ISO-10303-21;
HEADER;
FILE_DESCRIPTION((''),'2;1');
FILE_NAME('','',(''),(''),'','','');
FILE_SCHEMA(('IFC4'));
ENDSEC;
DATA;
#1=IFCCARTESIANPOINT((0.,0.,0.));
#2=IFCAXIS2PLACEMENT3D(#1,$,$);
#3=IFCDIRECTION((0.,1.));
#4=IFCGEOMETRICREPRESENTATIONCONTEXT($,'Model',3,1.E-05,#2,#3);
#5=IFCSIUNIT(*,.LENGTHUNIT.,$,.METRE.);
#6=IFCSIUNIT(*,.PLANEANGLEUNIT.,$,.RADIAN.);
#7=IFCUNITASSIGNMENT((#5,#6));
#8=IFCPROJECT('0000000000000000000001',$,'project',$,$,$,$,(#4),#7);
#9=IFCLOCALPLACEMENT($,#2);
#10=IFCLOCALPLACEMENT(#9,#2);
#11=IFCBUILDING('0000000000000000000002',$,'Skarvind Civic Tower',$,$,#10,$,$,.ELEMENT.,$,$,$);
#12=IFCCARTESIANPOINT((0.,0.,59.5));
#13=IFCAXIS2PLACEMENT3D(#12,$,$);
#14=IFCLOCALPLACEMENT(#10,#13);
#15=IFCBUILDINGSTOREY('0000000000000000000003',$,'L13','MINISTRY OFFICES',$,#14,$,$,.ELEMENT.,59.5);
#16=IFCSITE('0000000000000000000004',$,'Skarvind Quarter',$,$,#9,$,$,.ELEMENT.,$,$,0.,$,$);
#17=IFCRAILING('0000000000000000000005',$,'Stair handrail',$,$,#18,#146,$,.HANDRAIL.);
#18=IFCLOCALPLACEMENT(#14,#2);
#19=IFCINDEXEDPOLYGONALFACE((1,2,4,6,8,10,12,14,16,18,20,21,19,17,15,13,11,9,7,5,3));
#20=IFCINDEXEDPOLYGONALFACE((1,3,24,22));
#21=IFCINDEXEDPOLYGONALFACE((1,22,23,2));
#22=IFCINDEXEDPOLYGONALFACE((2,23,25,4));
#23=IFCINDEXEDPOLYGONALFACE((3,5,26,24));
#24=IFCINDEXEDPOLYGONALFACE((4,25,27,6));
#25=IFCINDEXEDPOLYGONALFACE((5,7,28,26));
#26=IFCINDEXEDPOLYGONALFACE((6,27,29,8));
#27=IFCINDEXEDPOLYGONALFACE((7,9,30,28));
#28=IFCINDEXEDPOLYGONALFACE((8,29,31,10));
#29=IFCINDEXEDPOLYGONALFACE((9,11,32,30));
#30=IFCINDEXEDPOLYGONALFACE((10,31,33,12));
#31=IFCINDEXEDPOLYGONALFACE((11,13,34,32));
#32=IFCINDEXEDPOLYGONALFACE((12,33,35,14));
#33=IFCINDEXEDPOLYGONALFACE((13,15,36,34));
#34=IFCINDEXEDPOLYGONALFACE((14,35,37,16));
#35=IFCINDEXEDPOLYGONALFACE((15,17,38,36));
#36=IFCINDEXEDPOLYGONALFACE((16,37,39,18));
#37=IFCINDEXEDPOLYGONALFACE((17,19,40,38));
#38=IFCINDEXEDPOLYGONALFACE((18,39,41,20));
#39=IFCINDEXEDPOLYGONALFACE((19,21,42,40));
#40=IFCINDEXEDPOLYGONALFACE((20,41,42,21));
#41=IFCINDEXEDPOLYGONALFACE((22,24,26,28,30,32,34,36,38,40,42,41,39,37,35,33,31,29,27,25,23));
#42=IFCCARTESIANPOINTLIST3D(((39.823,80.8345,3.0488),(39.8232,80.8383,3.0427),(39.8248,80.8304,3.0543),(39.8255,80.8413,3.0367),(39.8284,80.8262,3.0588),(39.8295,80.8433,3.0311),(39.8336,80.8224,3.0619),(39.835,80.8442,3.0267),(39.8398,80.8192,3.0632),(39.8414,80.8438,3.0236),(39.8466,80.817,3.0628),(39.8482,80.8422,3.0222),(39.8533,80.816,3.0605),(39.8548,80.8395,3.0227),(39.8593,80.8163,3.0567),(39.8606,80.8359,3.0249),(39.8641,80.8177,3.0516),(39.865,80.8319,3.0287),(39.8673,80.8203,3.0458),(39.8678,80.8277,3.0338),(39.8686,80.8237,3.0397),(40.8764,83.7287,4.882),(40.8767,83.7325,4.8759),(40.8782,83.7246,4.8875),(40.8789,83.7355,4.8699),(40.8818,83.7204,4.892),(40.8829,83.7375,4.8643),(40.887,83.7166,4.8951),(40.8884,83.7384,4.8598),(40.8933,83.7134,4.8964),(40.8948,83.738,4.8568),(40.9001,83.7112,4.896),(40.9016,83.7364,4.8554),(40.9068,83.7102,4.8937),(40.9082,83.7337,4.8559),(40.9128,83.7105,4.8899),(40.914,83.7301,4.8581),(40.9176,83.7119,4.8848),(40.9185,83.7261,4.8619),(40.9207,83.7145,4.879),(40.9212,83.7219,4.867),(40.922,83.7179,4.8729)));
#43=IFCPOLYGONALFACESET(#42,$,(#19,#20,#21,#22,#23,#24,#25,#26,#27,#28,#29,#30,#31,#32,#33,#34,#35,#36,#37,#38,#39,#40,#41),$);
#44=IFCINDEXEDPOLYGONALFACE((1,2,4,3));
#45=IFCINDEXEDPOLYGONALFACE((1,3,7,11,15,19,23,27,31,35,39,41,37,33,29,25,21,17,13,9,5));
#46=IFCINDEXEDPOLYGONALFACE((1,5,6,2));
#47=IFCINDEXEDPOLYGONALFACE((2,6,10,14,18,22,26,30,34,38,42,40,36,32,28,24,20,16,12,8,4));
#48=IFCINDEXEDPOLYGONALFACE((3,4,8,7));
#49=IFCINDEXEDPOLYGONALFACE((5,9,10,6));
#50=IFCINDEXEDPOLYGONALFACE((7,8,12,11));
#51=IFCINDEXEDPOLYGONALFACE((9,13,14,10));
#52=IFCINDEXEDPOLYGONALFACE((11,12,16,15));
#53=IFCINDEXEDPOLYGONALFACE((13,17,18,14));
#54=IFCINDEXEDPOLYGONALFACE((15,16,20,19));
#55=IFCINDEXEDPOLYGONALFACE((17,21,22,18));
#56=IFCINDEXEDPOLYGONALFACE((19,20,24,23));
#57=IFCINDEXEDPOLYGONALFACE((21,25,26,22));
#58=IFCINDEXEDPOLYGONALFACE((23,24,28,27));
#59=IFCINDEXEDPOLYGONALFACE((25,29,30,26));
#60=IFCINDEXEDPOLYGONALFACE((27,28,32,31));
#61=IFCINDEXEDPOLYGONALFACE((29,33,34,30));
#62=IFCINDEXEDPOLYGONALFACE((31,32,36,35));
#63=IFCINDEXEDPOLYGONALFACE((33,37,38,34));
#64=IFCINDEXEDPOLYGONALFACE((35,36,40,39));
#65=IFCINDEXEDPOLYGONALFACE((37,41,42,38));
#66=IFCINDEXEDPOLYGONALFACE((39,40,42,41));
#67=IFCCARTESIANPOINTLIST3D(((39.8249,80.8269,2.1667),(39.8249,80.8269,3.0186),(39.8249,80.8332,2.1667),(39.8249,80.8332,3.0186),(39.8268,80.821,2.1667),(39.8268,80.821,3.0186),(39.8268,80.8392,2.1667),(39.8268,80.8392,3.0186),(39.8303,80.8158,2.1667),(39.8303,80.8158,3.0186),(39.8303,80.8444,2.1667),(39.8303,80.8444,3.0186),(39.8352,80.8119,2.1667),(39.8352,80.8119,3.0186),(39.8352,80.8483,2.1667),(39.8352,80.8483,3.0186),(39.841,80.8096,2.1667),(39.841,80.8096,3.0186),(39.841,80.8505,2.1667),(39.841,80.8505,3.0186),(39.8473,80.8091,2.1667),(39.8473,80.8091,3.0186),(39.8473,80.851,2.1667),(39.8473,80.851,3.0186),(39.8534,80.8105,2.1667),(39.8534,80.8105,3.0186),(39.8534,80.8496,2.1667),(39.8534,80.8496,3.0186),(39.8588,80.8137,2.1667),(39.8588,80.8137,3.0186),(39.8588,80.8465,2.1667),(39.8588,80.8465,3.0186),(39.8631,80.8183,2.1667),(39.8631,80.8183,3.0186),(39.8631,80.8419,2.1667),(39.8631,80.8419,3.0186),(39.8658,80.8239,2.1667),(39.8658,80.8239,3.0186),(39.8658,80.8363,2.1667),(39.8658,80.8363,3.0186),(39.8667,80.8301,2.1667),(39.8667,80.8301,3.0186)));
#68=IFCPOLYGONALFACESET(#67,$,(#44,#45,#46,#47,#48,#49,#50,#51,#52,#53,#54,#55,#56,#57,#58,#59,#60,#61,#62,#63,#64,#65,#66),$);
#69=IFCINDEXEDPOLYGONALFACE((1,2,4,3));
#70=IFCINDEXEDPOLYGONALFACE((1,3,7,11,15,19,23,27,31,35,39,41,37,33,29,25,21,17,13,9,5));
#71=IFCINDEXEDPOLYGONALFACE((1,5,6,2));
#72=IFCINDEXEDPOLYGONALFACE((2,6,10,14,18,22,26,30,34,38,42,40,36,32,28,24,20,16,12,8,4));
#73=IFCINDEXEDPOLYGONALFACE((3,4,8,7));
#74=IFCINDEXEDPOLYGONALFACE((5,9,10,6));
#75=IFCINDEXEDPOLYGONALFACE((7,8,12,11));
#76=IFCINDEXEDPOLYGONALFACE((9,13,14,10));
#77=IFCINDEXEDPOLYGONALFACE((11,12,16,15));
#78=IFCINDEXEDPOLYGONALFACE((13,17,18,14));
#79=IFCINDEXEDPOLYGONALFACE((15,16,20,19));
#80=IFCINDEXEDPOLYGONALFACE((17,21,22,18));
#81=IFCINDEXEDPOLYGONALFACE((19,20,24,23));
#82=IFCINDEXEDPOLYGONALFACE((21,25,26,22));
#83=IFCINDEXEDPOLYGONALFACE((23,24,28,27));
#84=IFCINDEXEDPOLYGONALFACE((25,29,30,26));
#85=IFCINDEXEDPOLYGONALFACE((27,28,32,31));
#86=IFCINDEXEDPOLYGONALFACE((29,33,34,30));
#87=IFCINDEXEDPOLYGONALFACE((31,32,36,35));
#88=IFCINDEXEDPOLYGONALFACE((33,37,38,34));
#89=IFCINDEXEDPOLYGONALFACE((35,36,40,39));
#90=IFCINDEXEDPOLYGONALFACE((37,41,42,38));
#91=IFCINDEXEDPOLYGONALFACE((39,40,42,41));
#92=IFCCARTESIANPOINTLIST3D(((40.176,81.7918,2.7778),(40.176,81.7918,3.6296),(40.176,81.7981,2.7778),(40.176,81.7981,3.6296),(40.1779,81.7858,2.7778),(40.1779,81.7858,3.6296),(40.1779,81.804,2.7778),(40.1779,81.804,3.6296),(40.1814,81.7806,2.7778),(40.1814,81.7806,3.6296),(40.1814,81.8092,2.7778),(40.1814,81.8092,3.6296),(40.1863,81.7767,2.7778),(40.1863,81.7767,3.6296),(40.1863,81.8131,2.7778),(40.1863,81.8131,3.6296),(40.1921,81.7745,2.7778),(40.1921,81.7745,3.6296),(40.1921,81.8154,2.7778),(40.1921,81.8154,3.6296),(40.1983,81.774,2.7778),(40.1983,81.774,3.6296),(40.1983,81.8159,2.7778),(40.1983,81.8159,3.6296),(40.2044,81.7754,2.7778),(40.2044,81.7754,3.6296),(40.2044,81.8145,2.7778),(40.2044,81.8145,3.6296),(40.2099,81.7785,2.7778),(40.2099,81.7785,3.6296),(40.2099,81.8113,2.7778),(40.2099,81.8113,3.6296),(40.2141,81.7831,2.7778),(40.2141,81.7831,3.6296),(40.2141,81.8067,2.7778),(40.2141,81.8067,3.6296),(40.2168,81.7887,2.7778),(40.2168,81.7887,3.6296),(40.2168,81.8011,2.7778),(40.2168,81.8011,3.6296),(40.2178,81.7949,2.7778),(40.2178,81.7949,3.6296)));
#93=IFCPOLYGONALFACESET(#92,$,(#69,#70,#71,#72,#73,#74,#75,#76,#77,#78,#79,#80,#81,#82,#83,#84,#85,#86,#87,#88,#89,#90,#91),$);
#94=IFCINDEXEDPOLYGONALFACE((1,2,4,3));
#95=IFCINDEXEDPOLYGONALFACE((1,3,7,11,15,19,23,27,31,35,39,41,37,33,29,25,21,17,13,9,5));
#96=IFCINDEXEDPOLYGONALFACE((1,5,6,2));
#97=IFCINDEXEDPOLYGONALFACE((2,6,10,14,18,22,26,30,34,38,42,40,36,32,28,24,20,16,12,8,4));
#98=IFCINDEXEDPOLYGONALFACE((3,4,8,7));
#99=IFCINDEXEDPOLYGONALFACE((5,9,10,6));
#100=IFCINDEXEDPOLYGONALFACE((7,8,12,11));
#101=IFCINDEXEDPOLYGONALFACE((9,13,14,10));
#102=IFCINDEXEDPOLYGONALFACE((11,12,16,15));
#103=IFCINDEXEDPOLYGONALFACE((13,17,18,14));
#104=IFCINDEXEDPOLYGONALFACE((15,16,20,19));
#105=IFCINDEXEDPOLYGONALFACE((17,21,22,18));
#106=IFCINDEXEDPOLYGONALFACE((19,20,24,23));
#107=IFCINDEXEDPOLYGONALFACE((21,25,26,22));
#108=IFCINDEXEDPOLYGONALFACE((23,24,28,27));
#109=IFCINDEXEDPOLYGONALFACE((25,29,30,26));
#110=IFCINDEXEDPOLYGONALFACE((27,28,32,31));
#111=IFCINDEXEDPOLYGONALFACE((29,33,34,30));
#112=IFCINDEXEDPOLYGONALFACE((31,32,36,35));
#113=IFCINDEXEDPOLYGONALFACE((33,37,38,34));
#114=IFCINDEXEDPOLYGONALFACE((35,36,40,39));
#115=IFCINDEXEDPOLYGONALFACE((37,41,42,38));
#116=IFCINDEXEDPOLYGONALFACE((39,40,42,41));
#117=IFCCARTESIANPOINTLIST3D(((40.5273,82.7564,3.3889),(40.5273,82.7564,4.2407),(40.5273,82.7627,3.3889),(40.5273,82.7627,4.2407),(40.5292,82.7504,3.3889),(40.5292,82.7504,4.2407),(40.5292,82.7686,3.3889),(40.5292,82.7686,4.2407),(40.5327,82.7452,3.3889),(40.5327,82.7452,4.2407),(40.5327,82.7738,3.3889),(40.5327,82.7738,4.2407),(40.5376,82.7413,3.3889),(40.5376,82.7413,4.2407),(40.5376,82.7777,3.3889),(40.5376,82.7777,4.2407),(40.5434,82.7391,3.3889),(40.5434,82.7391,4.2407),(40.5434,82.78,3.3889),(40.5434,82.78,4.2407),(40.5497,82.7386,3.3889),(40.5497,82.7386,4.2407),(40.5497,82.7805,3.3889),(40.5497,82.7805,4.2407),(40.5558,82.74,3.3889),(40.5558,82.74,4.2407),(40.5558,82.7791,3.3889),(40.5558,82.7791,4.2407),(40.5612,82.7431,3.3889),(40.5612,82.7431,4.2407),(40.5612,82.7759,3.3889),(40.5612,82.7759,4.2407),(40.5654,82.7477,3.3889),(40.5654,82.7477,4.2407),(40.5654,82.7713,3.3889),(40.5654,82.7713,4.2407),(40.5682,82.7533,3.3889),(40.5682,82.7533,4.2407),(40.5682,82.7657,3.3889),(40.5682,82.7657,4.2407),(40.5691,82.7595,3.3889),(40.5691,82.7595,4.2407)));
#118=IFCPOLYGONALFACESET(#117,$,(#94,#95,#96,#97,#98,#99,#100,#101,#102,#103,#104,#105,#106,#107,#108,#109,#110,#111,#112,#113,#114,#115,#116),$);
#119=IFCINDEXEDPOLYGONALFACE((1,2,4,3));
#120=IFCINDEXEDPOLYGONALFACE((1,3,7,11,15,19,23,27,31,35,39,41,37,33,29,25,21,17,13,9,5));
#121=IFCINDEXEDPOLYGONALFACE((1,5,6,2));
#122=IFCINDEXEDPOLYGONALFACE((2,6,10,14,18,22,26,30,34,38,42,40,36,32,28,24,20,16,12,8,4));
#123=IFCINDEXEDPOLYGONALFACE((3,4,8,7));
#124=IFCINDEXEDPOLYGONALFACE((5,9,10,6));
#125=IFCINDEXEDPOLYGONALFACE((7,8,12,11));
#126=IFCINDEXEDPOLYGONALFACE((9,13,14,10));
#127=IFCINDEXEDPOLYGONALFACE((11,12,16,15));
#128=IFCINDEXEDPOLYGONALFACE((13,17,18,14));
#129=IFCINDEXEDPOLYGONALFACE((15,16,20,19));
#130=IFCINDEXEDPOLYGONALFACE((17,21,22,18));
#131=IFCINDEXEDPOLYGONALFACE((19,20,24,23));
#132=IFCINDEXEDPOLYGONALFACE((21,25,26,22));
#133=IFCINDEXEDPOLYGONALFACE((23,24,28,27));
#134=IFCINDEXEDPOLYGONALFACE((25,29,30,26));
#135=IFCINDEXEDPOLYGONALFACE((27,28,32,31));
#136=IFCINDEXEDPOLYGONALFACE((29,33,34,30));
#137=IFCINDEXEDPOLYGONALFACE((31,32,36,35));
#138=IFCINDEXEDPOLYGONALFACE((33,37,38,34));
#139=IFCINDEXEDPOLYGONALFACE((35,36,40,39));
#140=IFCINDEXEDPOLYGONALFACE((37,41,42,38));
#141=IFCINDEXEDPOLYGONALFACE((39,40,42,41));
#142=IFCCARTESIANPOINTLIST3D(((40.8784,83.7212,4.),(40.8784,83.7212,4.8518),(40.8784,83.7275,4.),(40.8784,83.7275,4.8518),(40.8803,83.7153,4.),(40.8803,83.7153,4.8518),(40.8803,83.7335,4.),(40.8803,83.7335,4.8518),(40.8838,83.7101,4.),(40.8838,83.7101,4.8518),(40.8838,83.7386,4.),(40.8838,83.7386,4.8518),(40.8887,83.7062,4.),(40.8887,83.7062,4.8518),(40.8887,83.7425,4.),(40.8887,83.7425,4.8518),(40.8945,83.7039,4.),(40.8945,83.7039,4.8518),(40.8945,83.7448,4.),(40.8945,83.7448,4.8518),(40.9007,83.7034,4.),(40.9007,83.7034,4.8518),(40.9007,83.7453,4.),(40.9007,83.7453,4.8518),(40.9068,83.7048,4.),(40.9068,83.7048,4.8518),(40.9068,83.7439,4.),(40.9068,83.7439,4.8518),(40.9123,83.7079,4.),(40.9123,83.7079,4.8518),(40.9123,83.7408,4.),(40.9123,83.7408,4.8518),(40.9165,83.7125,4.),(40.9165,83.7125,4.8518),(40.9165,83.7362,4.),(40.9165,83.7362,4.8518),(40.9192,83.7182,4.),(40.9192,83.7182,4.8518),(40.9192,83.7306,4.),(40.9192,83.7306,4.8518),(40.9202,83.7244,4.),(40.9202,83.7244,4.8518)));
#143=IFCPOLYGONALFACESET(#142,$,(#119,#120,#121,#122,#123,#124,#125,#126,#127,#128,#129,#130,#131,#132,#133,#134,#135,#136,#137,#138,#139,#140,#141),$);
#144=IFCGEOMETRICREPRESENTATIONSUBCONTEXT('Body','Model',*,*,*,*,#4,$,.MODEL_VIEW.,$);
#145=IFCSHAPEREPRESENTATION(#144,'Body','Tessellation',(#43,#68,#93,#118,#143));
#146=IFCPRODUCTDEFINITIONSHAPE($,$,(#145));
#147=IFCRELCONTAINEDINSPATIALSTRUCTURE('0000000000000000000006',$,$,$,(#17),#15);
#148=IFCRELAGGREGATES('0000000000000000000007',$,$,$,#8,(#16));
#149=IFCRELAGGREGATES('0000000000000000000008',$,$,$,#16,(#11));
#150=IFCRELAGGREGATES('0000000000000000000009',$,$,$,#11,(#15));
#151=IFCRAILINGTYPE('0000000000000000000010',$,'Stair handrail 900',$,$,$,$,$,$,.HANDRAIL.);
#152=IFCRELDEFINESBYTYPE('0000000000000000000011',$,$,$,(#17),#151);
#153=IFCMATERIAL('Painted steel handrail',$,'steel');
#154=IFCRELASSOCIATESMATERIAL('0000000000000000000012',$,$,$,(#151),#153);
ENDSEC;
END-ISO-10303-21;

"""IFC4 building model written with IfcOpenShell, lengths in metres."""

from ifc_helpers import new_model, si_unit, direction, frame, origin, origin_2d, place, context, subcontext, project, spatial, circle, extrude, material, type_object, element, save


model = new_model("IFC4")

# Units and contexts
model_context = context("Model", 3, precision=1e-05, world=origin(), true_north=direction((0.0, 1.0)))
body_context = subcontext(model_context, "Body", "Model", "MODEL_VIEW")
ifc_project = project(units=[si_unit("LENGTHUNIT", "METRE"), si_unit("PLANEANGLEUNIT", "RADIAN")], contexts=[model_context])

# Site, building, storey
site_placement = place(None, origin())
site = spatial("IfcSite", under=ifc_project, at=site_placement, Name="Skarvind Quarter", CompositionType="ELEMENT", RefElevation=0.0)
building_placement = place(site_placement, origin())
building = spatial("IfcBuilding", under=site, at=building_placement, Name="Skarvind Civic Tower", CompositionType="ELEMENT")
storey_placement = place(building_placement, frame((0.0, 0.0, 59.5)))
storey = spatial("IfcBuildingStorey", under=building, at=storey_placement, Name="L13", Description="MINISTRY OFFICES", CompositionType="ELEMENT", Elevation=59.5)

# Railing
ifc_material_1 = material(Name="Painted steel handrail", Category="steel")
railing_type = type_object("IfcRailingType", Name="Stair handrail 900", PredefinedType="HANDRAIL", material=ifc_material_1)
railing_1_placement = place(storey_placement, frame((39.8457, 80.8301, 2.1667)))
element("IfcRailing", 1, at=railing_1_placement, inside=storey, type_object=railing_type, Name="Stair handrail", PredefinedType="HANDRAIL", context=body_context, shape_type="SweptSolid", body=[
    extrude(circle(Radius=0.0239, at=origin_2d()), frame((0.0, 0.0, 0.876), z_axis=(0.293908, 0.807481, 0.511461), x_axis=(-0.939689, 0.342029, 0.0)), (0.0, 0.0, 1.0), 3.5842),
    extrude(circle(Radius=0.021, at=origin_2d()), origin(), (0.0, 0.0, 1.0), 0.8518),
    extrude(circle(Radius=0.021, at=origin_2d()), frame((0.3511, 0.9648, 0.6111)), (0.0, 0.0, 1.0), 0.8518),
    extrude(circle(Radius=0.021, at=origin_2d()), frame((0.7024, 1.9294, 1.2222)), (0.0, 0.0, 1.0), 0.8518),
    extrude(circle(Radius=0.021, at=origin_2d()), frame((1.0535, 2.8943, 1.8333)), (0.0, 0.0, 1.0), 0.8518),
])

save(model, "model.ifc")
